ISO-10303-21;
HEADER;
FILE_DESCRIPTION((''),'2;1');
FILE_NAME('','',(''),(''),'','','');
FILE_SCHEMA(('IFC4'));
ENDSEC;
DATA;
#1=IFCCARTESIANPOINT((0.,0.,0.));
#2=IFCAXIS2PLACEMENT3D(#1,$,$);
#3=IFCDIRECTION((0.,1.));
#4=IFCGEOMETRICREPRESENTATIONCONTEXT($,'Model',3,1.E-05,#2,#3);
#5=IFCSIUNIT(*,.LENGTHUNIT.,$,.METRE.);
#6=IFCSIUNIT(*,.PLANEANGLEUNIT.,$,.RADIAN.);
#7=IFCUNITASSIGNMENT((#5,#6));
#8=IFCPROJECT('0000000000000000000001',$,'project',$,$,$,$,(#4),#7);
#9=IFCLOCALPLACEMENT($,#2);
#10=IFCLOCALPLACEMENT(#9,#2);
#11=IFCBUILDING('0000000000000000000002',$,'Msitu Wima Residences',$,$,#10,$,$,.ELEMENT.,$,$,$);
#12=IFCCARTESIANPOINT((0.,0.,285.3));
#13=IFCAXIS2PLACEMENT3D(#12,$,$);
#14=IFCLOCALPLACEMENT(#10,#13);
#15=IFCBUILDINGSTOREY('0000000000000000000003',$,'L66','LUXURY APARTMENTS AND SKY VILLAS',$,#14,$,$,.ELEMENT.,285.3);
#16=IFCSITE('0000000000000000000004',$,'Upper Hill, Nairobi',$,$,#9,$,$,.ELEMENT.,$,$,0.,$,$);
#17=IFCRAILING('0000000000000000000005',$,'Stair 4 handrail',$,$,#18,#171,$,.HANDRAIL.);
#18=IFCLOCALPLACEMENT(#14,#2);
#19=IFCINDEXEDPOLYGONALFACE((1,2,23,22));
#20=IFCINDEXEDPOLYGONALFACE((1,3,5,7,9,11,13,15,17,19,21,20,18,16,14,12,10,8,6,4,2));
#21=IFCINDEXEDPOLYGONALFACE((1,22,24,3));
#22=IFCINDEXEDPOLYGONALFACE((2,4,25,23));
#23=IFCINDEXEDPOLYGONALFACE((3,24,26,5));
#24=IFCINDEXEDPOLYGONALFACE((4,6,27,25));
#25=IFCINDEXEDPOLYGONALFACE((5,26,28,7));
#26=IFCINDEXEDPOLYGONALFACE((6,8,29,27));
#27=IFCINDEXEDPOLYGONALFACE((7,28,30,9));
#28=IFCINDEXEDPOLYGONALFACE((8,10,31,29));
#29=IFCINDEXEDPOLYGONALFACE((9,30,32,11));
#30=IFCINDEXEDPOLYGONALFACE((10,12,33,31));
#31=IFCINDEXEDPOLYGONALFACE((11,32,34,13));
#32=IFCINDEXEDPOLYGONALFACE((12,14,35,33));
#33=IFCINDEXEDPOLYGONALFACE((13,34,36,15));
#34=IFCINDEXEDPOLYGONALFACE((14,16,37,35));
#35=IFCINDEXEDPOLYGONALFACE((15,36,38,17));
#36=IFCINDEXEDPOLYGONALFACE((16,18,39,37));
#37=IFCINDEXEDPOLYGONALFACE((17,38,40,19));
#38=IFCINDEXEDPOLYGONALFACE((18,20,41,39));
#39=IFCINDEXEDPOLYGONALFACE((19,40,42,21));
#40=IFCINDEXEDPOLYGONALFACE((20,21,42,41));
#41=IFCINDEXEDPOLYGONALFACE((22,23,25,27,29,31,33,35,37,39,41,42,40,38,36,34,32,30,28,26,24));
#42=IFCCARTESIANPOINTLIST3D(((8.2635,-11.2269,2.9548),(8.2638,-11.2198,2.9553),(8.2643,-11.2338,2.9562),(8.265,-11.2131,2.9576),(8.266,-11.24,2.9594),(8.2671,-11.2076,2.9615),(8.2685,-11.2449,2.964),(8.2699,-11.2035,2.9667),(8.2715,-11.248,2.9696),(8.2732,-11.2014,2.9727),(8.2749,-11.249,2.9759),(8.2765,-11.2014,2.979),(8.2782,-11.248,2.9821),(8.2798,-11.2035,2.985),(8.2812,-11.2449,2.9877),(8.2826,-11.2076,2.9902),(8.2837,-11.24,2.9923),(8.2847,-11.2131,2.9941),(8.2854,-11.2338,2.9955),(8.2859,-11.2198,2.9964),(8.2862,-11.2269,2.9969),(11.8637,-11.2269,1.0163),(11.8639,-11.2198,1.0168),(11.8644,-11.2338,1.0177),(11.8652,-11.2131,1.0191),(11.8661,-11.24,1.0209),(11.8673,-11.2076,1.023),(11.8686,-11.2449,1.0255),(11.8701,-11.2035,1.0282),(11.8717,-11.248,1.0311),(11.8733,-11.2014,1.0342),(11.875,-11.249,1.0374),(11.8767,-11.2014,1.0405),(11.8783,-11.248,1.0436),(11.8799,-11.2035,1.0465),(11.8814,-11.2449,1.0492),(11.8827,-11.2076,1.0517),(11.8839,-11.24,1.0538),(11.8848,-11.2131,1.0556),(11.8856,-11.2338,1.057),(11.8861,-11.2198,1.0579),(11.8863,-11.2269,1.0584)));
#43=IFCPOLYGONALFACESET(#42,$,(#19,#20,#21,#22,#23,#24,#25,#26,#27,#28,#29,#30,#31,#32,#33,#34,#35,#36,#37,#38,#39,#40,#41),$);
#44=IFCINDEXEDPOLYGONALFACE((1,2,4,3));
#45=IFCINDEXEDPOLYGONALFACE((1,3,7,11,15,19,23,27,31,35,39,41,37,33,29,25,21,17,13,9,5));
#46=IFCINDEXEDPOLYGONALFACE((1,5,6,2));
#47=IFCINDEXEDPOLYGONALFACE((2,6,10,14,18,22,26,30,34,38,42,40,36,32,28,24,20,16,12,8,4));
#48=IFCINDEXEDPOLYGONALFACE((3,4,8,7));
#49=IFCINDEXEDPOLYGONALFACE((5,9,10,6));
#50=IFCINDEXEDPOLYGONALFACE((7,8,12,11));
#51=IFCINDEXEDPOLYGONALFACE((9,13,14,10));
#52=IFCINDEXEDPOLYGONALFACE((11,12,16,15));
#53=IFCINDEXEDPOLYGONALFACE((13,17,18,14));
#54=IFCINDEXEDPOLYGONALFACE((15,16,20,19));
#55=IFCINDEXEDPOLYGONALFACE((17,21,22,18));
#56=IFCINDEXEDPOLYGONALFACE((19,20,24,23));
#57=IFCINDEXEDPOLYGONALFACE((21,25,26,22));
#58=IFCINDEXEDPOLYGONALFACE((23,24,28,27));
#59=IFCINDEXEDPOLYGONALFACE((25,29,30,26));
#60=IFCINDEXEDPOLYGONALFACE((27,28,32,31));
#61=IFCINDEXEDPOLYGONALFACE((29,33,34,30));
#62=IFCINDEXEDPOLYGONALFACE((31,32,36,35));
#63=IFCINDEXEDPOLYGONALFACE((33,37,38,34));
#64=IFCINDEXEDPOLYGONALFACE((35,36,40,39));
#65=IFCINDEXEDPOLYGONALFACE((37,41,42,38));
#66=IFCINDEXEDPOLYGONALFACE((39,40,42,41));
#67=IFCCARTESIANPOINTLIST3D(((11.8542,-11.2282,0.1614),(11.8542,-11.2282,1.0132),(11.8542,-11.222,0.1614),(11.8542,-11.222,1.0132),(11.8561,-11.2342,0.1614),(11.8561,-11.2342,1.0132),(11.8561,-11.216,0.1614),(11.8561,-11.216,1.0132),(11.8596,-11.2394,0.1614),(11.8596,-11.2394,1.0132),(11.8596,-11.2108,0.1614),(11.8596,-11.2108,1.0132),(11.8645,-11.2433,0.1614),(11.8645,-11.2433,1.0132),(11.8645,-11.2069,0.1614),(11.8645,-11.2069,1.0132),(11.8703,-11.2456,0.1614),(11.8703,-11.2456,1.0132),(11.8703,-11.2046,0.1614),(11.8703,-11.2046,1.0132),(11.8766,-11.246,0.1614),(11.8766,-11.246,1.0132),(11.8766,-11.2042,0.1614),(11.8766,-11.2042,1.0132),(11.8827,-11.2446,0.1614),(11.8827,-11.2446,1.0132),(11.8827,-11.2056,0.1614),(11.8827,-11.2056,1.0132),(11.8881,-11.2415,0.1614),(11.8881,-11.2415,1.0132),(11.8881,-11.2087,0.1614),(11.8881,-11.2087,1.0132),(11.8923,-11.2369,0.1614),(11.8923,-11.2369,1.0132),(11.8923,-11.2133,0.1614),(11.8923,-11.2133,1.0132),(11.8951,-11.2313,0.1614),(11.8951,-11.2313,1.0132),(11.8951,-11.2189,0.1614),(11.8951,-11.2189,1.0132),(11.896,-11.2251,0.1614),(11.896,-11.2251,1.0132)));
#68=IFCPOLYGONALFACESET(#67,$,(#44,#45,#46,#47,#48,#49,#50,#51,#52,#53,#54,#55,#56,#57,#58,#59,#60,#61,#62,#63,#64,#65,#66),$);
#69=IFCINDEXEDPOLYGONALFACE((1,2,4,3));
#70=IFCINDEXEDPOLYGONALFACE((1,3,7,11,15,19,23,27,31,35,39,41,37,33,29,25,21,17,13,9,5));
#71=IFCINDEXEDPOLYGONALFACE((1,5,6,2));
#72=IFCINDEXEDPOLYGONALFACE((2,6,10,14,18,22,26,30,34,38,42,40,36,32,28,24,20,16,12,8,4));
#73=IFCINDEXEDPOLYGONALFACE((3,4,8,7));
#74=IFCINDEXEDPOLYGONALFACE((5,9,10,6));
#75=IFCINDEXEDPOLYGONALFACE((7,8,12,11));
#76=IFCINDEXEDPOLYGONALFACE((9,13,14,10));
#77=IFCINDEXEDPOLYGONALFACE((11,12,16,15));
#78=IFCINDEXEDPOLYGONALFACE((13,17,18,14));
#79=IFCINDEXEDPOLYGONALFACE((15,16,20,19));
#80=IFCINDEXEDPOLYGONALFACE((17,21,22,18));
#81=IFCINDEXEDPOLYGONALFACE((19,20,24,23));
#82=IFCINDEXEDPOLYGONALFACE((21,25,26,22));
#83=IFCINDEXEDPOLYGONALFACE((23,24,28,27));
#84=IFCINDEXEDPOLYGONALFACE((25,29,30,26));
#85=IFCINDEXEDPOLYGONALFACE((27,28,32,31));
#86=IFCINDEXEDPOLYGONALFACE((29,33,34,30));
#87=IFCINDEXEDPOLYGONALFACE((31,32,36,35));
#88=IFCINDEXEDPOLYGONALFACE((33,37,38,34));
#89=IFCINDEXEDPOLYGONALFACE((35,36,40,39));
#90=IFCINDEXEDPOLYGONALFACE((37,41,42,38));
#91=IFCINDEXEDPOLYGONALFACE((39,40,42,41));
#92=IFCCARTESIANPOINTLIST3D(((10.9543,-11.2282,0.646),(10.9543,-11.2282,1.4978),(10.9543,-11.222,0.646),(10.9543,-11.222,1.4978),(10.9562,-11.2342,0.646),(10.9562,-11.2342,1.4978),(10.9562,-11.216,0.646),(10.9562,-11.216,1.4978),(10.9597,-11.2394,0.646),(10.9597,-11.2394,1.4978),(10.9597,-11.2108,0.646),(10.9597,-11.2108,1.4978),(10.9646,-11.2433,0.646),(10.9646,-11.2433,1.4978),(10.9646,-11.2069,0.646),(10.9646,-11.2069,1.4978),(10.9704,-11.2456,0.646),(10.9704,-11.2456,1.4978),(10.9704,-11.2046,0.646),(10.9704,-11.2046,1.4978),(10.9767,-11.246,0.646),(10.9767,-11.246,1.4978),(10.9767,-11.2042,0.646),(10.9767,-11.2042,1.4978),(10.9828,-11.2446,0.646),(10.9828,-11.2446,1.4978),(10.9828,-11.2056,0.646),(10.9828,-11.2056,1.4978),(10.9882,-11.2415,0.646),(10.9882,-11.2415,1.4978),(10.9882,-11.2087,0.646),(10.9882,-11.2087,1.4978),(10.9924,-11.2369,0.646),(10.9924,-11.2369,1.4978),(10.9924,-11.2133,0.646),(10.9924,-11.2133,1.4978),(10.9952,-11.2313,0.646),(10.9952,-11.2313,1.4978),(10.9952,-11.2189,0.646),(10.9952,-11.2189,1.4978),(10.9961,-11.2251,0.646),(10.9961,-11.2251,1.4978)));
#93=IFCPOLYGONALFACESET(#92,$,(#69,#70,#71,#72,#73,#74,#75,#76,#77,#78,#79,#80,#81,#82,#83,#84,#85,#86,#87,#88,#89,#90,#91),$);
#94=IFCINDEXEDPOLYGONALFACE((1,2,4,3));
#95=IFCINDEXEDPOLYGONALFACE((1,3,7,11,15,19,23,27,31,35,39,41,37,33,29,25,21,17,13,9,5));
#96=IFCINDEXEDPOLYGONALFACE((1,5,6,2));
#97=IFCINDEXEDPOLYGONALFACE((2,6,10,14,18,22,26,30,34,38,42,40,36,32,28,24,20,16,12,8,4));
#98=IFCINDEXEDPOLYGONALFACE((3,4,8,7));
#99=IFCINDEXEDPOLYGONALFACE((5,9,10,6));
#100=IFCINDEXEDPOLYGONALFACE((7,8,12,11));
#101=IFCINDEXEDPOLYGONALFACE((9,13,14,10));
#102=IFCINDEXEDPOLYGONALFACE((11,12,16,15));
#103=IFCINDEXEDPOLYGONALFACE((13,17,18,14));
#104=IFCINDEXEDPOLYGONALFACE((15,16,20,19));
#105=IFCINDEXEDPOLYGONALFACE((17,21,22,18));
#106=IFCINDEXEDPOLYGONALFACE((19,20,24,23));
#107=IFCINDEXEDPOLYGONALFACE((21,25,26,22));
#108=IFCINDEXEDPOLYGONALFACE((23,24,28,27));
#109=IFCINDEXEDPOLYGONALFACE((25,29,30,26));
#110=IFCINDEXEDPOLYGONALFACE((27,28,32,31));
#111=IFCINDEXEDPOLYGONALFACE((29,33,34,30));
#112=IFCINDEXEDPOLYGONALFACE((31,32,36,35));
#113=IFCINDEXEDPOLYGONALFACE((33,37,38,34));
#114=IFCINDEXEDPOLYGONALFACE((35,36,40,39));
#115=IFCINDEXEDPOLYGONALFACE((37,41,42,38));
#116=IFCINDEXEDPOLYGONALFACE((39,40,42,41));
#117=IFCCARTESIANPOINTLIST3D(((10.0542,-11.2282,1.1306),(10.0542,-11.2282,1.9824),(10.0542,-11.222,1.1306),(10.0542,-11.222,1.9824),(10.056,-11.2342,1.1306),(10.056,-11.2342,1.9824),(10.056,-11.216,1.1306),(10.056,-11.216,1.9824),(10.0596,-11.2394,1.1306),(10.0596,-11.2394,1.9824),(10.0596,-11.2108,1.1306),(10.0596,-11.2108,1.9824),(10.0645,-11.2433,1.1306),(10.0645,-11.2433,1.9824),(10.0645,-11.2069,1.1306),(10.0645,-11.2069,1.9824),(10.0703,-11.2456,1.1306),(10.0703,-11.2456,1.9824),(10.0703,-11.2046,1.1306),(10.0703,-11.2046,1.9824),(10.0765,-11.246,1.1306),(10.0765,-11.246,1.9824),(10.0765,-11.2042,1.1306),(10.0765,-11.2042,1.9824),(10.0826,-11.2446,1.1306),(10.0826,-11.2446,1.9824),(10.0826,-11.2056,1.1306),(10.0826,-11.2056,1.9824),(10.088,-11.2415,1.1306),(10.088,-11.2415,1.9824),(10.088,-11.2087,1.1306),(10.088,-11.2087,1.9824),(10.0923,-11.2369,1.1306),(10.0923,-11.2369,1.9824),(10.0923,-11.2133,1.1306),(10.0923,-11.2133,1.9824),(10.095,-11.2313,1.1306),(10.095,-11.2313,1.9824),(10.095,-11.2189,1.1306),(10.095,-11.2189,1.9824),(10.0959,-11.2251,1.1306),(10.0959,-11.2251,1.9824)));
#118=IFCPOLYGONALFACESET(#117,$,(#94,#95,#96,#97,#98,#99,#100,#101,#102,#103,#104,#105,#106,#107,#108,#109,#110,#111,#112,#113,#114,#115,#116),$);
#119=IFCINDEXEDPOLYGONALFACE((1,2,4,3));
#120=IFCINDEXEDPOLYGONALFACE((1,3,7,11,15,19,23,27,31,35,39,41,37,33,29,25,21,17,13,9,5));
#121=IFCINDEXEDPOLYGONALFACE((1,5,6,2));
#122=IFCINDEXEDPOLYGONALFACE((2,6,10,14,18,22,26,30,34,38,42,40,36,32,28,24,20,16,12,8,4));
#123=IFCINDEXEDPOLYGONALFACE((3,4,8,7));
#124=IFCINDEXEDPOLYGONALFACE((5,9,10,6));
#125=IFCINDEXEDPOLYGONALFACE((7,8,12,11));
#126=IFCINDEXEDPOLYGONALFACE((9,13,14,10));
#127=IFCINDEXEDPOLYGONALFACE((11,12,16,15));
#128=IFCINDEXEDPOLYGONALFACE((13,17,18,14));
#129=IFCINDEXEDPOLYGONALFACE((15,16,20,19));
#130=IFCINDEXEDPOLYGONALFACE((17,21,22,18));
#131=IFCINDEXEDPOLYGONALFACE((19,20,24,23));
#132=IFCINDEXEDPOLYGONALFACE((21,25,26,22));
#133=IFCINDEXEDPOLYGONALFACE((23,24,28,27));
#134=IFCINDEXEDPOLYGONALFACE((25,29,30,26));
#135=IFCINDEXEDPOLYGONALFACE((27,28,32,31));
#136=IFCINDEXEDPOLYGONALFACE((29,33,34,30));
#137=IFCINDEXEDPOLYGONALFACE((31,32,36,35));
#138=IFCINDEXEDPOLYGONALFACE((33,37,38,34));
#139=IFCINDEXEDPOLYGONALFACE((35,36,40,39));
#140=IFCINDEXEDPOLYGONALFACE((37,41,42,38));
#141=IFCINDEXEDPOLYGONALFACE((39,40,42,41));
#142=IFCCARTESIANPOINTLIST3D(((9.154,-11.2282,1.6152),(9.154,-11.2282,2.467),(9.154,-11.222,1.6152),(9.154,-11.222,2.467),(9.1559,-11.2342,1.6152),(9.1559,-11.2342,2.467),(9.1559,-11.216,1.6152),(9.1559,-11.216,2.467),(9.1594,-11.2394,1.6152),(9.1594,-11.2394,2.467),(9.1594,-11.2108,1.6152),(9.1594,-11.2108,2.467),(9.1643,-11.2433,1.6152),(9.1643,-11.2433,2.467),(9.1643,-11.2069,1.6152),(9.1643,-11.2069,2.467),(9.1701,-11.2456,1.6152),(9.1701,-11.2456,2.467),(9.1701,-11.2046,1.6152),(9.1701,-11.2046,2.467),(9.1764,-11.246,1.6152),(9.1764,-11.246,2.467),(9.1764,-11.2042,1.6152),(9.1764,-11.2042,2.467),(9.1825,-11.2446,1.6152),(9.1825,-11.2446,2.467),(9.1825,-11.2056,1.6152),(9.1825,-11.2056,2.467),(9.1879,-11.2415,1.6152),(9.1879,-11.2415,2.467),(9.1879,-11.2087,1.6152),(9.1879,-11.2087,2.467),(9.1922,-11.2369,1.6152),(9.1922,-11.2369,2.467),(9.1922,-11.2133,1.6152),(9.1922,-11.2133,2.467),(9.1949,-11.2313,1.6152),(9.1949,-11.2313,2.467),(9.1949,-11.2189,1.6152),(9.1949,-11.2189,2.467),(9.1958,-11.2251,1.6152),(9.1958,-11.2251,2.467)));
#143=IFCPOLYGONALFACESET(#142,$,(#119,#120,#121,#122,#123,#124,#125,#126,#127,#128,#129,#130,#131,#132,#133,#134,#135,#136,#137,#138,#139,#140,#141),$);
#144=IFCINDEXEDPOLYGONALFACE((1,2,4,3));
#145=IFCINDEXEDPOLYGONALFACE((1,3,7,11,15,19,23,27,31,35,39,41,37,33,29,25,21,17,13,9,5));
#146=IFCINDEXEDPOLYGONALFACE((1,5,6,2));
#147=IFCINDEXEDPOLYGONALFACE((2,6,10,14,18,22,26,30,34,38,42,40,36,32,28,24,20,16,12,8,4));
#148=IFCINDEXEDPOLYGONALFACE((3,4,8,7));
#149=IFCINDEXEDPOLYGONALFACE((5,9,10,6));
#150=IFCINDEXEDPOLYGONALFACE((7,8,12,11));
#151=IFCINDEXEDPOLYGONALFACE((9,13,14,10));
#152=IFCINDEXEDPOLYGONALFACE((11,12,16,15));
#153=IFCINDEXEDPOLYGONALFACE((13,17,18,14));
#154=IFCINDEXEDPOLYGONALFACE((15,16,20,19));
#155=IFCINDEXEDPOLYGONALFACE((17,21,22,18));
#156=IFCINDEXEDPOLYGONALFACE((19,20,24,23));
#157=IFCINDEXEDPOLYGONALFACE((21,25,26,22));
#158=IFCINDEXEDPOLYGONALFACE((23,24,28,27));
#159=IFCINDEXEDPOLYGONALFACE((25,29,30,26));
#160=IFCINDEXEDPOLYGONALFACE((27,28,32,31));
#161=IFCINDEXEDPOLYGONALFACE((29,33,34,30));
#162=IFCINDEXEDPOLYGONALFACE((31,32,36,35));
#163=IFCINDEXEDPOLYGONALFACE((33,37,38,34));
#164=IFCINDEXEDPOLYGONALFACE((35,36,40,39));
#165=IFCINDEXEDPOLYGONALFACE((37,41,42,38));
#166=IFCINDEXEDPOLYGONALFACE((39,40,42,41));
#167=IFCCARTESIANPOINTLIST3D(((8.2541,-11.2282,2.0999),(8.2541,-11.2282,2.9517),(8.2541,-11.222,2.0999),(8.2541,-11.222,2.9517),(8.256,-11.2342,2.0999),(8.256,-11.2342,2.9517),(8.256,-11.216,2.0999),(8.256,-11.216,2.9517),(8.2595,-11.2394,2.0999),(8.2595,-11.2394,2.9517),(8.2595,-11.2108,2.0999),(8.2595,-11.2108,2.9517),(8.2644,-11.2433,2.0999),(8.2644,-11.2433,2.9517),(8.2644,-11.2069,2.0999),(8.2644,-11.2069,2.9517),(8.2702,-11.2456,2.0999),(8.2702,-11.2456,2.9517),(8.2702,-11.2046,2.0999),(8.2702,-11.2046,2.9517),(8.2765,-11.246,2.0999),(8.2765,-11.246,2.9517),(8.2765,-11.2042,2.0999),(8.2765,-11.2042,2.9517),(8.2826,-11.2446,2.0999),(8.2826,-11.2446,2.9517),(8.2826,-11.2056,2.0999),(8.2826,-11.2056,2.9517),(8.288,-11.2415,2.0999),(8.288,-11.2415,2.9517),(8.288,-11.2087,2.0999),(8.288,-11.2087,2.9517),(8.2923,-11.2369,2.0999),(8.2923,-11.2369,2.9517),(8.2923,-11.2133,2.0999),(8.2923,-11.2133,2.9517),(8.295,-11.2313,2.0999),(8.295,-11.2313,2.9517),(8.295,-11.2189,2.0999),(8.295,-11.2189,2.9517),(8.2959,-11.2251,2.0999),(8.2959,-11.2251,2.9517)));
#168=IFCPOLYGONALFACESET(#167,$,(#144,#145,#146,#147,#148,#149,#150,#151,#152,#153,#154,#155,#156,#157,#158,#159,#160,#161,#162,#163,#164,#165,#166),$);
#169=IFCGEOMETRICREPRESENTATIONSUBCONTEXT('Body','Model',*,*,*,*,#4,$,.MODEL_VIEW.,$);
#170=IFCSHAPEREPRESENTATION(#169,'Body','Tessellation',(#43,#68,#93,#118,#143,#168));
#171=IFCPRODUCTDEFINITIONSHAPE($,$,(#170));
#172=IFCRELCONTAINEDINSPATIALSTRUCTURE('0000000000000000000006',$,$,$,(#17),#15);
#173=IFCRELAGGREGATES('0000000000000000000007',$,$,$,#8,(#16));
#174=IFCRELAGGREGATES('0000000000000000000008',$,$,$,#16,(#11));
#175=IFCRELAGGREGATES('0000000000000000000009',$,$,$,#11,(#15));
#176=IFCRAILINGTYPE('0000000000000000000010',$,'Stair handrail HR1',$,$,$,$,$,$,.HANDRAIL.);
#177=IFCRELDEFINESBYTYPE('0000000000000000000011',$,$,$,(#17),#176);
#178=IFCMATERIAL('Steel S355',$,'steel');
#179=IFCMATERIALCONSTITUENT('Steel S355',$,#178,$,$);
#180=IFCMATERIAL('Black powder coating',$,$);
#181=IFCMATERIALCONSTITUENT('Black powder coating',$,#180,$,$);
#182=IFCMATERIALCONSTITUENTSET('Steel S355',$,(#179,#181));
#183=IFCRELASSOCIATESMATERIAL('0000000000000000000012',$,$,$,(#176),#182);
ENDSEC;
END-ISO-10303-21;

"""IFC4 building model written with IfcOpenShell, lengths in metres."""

from ifc_helpers import new_model, si_unit, direction, frame, origin, origin_2d, place, context, subcontext, project, spatial, circle, extrude, material, constituent, constituent_set, type_object, element, save


model = new_model("IFC4")

# Units and contexts
model_context = context("Model", 3, precision=1e-05, world=origin(), true_north=direction((0.0, 1.0)))
body_context = subcontext(model_context, "Body", "Model", "MODEL_VIEW")
ifc_project = project(units=[si_unit("LENGTHUNIT", "METRE"), si_unit("PLANEANGLEUNIT", "RADIAN")], contexts=[model_context])

# Site, building, storey
site_placement = place(None, origin())
site = spatial("IfcSite", under=ifc_project, at=site_placement, Name="Upper Hill, Nairobi", CompositionType="ELEMENT", RefElevation=0.0)
building_placement = place(site_placement, origin())
building = spatial("IfcBuilding", under=site, at=building_placement, Name="Msitu Wima Residences", CompositionType="ELEMENT")
storey_placement = place(building_placement, frame((0.0, 0.0, 285.3)))
storey = spatial("IfcBuildingStorey", under=building, at=storey_placement, Name="L66", Description="LUXURY APARTMENTS AND SKY VILLAS", CompositionType="ELEMENT", Elevation=285.3)

# Railing
ifc_material_1 = material(Name="Steel S355", Category="steel")
ifc_constituent_1 = constituent(ifc_material_1, Name="Steel S355")
ifc_material_2 = material(Name="Black powder coating")
ifc_constituent_2 = constituent(ifc_material_2, Name="Black powder coating")
ifc_constituent_set = constituent_set(constituents=[ifc_constituent_1, ifc_constituent_2], Name="Steel S355")
railing_type = type_object("IfcRailingType", Name="Stair handrail HR1", PredefinedType="HANDRAIL", material=ifc_constituent_set)
for number, where, name in (
    (1, (11.875, -11.2251, 0.1614), "Stair 4 handrail"),
):
    element("IfcRailing", number, at=place(storey_placement, frame(where)), inside=storey, type_object=railing_type, Name=name, PredefinedType="HANDRAIL", context=body_context, shape_type="SweptSolid", body=[
        extrude(circle(Radius=0.0239, at=origin_2d()), frame((0.0, 0.0, 0.876), z_axis=(-0.880475, 0.0, 0.474093), x_axis=(0.0, -1.0, 0.0)), (0.0, 0.0, 1.0), 4.0889),
        extrude(circle(Radius=0.021, at=origin_2d()), origin(), (0.0, 0.0, 1.0), 0.8518),
        extrude(circle(Radius=0.021, at=origin_2d()), frame((-0.8999, 0.0, 0.4846)), (0.0, 0.0, 1.0), 0.8518),
        extrude(circle(Radius=0.021, at=origin_2d()), frame((-1.8, 0.0, 0.9692)), (0.0, 0.0, 1.0), 0.8518),
        extrude(circle(Radius=0.021, at=origin_2d()), frame((-2.7002, 0.0, 1.4539)), (0.0, 0.0, 1.0), 0.8518),
        extrude(circle(Radius=0.021, at=origin_2d()), frame((-3.6001, 0.0, 1.9385)), (0.0, 0.0, 1.0), 0.8518),
    ])

save(model, "model.ifc")
